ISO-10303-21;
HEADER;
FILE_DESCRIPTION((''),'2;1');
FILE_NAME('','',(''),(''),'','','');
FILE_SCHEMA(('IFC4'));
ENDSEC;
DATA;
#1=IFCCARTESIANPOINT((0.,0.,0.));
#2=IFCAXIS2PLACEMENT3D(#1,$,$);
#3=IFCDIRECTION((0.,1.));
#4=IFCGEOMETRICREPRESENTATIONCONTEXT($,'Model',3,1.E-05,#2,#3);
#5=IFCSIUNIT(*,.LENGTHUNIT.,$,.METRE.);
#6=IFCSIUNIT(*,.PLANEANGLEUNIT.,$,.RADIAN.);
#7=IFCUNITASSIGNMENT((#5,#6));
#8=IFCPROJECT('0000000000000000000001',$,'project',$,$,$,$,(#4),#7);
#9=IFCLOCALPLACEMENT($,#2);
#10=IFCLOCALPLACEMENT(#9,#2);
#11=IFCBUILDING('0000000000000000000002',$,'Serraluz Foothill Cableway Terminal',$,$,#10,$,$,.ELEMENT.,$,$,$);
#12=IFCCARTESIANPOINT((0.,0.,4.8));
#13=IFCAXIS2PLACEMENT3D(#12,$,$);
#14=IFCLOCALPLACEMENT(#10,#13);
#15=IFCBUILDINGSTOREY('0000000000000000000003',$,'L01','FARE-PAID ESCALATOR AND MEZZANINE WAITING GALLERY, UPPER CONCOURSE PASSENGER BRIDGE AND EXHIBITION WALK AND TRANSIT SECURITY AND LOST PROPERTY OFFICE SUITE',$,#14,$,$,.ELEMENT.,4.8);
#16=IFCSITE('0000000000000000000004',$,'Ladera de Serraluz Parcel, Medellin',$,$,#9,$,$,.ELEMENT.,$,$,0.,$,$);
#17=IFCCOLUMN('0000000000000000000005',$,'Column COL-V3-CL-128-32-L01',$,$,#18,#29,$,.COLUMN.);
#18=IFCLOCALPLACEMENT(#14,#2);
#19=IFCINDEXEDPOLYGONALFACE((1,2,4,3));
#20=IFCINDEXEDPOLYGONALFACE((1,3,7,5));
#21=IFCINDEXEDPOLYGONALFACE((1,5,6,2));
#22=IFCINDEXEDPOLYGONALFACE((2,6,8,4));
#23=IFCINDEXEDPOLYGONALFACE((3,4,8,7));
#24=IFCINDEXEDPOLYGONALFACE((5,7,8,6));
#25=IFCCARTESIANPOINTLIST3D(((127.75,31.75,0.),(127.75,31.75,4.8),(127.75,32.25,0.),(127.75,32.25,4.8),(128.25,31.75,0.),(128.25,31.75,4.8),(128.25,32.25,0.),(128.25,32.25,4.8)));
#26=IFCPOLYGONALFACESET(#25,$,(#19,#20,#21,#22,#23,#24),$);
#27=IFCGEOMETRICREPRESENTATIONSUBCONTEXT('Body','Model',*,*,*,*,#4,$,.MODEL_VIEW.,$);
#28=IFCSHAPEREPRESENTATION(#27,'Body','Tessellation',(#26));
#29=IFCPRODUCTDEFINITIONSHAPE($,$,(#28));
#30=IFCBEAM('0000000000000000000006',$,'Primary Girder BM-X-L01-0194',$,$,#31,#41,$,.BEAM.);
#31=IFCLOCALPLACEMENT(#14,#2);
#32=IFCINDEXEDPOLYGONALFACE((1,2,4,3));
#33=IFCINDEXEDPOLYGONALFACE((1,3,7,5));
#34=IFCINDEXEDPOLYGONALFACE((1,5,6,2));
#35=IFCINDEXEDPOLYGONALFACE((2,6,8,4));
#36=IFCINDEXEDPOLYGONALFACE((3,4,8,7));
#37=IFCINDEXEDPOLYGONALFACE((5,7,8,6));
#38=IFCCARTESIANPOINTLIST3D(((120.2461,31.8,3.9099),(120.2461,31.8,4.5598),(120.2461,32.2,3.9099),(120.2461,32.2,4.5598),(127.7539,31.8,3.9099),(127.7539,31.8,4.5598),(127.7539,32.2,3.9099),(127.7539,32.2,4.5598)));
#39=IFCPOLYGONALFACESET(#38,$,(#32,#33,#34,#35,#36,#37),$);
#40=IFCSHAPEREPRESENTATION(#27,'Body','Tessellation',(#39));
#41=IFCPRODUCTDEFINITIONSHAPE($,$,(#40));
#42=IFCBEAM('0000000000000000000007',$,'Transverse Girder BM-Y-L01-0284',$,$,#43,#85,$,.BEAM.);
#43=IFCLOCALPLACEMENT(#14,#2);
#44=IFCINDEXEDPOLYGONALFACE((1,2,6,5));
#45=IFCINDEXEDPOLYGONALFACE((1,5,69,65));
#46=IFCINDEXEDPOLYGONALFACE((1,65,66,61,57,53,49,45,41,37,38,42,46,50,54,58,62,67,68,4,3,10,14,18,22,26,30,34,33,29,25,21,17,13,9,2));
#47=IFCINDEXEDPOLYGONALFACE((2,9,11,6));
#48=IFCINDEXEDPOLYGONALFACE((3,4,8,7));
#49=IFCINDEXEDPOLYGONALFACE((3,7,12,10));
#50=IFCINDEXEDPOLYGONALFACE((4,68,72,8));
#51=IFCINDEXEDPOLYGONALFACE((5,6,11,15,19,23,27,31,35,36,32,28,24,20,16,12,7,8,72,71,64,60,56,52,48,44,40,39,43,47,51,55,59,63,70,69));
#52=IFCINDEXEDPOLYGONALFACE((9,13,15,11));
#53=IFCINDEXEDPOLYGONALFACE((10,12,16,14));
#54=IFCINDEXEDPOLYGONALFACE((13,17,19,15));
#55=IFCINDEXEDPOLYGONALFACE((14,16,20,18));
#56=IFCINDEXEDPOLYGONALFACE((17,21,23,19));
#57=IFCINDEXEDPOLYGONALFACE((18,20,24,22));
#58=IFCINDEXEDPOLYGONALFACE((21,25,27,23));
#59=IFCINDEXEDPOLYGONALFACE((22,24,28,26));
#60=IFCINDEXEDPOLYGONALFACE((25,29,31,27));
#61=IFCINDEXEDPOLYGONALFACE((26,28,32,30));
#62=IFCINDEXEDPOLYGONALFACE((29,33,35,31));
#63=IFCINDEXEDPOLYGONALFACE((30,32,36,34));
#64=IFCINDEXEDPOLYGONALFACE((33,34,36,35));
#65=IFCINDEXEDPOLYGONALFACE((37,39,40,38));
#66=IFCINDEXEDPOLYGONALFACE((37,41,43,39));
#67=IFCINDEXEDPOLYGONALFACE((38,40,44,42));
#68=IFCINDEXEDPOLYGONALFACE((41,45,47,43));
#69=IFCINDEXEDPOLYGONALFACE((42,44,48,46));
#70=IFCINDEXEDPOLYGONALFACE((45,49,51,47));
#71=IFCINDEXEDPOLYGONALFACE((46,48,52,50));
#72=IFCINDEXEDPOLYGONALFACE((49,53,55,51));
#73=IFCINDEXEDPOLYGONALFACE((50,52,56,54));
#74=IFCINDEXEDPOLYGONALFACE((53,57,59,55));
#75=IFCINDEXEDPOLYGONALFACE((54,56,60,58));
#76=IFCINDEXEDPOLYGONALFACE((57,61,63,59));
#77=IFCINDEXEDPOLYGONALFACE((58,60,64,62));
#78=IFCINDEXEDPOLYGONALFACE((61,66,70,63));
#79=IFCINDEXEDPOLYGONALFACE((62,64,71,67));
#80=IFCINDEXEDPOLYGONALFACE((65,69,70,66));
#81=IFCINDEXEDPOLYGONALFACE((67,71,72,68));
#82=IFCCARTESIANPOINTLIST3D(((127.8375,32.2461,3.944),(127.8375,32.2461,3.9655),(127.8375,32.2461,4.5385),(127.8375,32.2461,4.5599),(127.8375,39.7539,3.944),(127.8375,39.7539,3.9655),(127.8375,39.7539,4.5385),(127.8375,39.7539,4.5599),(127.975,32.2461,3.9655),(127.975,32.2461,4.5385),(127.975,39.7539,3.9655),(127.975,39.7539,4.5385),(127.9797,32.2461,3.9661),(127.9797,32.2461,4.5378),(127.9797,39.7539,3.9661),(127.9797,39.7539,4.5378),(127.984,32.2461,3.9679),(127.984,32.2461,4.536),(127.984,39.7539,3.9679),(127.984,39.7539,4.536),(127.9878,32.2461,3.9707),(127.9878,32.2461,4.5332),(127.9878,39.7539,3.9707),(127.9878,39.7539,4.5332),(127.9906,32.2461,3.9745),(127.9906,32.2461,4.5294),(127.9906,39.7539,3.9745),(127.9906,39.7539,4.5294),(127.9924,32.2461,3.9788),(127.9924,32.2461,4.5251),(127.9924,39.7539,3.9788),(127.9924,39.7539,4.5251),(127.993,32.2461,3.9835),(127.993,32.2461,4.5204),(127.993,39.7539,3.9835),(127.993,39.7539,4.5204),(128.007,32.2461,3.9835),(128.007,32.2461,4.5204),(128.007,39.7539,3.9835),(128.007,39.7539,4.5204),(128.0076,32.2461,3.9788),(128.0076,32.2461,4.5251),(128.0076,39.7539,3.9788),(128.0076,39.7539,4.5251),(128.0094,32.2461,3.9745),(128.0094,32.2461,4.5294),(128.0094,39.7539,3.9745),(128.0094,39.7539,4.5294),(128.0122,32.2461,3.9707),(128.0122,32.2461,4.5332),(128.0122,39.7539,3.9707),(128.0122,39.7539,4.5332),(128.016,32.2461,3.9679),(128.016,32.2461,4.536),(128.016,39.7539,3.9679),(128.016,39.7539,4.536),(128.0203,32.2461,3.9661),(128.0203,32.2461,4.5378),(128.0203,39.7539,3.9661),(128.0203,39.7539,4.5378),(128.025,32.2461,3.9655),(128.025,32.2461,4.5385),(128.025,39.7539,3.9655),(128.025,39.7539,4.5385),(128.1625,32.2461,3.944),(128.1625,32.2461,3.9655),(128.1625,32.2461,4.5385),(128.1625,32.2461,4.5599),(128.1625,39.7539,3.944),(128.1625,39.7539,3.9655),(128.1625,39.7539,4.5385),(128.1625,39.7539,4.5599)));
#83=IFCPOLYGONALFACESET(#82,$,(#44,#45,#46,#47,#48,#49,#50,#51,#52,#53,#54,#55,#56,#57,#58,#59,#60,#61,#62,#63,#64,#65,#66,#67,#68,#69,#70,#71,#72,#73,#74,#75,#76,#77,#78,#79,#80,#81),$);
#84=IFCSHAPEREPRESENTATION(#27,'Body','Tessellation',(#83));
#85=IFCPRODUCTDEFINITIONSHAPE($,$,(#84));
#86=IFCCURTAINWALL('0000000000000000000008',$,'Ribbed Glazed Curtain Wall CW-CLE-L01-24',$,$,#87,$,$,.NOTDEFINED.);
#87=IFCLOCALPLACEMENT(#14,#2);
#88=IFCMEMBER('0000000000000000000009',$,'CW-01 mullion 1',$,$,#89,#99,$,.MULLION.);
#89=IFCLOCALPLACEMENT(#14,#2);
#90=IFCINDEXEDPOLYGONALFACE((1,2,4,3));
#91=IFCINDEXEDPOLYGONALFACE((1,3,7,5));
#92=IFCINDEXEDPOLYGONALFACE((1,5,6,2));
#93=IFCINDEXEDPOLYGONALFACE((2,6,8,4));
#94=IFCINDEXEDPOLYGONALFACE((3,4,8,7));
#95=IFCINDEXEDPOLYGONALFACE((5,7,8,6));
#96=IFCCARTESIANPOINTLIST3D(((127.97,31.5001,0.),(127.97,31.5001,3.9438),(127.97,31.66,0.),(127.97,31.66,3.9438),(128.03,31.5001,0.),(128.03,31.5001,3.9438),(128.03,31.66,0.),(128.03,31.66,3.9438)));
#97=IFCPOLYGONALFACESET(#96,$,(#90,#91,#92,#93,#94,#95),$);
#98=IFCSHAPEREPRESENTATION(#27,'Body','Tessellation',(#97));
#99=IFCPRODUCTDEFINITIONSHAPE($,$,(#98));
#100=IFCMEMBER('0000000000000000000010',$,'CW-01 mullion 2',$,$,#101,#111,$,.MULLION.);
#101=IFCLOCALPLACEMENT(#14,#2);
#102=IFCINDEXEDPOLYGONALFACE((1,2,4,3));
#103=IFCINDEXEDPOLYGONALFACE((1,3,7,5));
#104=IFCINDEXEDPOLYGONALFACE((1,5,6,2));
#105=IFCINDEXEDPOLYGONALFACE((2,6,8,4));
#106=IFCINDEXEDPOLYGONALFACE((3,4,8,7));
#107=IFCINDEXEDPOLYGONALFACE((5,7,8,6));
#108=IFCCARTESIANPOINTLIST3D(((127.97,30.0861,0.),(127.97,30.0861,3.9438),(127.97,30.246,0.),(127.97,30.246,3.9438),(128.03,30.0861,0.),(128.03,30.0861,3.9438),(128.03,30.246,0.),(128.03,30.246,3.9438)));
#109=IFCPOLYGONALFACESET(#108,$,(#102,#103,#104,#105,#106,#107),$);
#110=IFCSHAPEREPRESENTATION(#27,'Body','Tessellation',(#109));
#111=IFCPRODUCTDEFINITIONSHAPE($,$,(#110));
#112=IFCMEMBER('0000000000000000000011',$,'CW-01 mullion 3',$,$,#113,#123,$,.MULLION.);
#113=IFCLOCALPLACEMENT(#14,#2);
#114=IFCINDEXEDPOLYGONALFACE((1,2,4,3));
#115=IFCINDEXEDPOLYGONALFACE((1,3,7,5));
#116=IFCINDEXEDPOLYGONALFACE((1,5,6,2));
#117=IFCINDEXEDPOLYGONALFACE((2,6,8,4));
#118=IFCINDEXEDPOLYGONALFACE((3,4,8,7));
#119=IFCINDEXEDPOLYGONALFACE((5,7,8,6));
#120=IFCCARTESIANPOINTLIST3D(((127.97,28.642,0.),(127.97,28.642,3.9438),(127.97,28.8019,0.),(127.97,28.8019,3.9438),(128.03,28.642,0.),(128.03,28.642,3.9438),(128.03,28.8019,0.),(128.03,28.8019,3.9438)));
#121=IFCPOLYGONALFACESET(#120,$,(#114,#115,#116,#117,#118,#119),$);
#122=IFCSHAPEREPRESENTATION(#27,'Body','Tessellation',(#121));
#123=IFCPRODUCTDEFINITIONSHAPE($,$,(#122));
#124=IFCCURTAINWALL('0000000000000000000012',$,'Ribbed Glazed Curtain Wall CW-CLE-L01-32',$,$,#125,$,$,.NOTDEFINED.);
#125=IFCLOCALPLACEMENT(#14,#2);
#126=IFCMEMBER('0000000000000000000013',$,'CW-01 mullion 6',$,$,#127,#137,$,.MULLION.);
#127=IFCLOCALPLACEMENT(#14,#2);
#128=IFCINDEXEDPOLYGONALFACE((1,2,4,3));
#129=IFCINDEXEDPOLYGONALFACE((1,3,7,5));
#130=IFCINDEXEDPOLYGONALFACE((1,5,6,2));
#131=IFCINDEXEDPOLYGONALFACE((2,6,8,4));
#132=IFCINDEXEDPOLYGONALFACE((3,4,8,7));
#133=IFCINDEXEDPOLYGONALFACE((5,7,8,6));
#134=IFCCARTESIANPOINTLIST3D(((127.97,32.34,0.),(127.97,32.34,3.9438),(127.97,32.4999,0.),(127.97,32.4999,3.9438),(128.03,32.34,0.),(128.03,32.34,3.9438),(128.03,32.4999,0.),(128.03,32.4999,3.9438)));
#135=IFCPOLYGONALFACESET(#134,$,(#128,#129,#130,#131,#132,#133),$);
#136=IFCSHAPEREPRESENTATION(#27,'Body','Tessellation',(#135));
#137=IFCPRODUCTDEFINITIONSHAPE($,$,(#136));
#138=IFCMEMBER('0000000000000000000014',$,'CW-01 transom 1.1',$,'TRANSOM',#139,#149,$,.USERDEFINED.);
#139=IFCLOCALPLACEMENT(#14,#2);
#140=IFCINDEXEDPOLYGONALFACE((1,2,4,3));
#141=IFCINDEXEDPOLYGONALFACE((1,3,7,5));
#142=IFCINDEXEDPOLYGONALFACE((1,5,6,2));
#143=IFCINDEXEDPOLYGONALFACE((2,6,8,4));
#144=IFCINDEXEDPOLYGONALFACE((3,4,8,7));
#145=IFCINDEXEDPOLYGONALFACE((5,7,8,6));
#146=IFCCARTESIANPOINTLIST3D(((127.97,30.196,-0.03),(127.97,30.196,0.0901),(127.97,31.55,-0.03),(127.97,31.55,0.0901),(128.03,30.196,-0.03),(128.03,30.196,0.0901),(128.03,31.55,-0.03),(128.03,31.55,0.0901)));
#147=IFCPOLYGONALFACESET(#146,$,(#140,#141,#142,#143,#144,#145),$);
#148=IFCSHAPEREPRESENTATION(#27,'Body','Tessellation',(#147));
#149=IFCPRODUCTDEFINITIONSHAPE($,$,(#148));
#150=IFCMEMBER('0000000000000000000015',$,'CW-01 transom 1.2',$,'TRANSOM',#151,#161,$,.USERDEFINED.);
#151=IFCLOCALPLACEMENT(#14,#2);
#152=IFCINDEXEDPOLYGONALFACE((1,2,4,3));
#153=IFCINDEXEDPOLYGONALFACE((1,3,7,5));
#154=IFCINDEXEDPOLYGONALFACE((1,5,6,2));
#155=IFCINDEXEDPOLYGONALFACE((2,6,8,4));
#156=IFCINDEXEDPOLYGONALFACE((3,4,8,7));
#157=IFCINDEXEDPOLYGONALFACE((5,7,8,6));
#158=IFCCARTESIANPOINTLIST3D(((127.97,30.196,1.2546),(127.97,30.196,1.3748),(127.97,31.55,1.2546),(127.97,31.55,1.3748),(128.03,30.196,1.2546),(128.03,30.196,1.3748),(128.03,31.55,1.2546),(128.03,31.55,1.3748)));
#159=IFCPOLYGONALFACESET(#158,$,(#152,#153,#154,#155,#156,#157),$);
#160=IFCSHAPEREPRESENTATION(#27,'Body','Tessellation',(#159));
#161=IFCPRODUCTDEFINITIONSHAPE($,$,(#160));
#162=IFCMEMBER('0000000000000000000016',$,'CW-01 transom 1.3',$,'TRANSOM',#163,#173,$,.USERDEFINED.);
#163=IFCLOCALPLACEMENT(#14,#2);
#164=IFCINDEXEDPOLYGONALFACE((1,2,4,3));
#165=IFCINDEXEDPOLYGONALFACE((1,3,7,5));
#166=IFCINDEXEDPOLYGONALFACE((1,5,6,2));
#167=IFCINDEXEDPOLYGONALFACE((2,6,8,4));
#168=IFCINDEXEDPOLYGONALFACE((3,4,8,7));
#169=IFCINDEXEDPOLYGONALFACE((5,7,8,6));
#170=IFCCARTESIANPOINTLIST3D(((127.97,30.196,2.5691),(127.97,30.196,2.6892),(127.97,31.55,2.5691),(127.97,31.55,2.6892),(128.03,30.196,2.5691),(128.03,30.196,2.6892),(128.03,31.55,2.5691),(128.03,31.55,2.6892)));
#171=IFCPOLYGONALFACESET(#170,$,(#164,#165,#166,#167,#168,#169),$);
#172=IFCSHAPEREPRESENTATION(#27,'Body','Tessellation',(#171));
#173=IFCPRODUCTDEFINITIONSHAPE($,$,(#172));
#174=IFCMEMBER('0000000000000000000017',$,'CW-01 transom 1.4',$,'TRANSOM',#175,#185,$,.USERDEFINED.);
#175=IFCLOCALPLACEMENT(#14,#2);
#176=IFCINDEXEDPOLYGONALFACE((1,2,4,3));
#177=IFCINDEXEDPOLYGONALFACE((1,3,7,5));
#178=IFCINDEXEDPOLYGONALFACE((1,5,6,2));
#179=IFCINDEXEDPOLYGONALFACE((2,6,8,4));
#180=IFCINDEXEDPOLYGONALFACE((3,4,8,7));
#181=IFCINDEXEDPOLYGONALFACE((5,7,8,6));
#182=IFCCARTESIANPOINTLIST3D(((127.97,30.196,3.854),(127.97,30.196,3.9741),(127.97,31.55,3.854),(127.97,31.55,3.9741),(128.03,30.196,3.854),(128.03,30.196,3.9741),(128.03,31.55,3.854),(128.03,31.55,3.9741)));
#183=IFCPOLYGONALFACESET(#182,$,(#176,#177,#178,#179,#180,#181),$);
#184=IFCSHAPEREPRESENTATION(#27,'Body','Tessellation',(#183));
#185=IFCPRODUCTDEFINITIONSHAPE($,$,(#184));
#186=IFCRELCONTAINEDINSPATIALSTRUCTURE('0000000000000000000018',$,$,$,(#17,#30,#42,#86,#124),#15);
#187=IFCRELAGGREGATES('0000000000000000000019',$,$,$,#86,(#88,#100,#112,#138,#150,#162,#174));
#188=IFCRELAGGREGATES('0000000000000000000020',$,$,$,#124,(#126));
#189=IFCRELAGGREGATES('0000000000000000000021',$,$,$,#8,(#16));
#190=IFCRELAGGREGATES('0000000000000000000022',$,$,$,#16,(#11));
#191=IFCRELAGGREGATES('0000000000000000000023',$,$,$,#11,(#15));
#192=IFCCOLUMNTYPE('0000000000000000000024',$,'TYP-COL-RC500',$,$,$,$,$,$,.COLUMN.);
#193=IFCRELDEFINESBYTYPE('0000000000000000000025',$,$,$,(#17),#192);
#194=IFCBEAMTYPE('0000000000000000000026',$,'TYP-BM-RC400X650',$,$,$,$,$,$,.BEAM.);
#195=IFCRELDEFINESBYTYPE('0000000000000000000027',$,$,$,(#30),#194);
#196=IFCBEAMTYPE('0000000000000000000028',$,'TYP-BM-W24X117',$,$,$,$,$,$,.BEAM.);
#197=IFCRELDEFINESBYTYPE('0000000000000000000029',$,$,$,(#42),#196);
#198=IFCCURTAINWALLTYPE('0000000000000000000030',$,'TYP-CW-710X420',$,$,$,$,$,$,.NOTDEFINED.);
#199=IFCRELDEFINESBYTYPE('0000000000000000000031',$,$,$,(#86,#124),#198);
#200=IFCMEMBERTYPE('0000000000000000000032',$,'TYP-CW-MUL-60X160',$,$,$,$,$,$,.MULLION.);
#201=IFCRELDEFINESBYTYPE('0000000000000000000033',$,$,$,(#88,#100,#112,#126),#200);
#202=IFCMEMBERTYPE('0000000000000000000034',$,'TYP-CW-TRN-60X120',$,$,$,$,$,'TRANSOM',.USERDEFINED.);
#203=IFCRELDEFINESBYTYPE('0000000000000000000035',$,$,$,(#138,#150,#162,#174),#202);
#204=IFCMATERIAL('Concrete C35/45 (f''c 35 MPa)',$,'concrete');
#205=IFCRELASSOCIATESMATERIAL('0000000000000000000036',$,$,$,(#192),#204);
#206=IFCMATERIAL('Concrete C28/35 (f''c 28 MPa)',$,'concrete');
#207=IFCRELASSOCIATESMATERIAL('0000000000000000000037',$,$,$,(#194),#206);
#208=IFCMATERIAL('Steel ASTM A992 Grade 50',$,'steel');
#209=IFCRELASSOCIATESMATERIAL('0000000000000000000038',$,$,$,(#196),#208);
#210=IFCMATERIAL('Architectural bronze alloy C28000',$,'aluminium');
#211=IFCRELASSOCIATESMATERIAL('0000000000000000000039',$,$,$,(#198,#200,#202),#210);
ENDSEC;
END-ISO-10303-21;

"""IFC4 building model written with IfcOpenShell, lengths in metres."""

from ifc_helpers import new_model, si_unit, direction, frame, origin, origin_2d, place, context, subcontext, project, spatial, rectangle, i_section, extrude, material, material_profile, profile_set, type_object, element, aggregate, save


model = new_model("IFC4")

# Units and contexts
model_context = context("Model", 3, precision=1e-05, world=origin(), true_north=direction((0.0, 1.0)))
body_context = subcontext(model_context, "Body", "Model", "MODEL_VIEW")
ifc_project = project(units=[si_unit("LENGTHUNIT", "METRE"), si_unit("PLANEANGLEUNIT", "RADIAN")], contexts=[model_context])

# Site, building, storey
site_placement = place(None, origin())
site = spatial("IfcSite", under=ifc_project, at=site_placement, Name="Ladera de Serraluz Parcel, Medellin", CompositionType="ELEMENT", RefElevation=0.0)
building_placement = place(site_placement, origin())
building = spatial("IfcBuilding", under=site, at=building_placement, Name="Serraluz Foothill Cableway Terminal", CompositionType="ELEMENT")
storey_placement = place(building_placement, frame((0.0, 0.0, 4.8)))
storey = spatial("IfcBuildingStorey", under=building, at=storey_placement, Name="L01", Description="FARE-PAID ESCALATOR AND MEZZANINE WAITING GALLERY, UPPER CONCOURSE PASSENGER BRIDGE AND EXHIBITION WALK AND TRANSIT SECURITY AND LOST PROPERTY OFFICE SUITE", CompositionType="ELEMENT", Elevation=4.8)

# Column
ifc_material_1 = material(Name="Concrete C35/45 (f'c 35 MPa)", Category="concrete")
ifc_material_profile_1 = material_profile(ifc_material_1, rectangle(XDim=0.5, YDim=0.5, at=origin_2d()), Name="RC 500x500")
ifc_profile_set_1 = profile_set([ifc_material_profile_1], Name="Concrete C35/45 (f'c 35 MPa)")
column_type = type_object("IfcColumnType", Name="TYP-COL-RC500", PredefinedType="COLUMN", material=ifc_profile_set_1)
column_placement = place(storey_placement, frame((128.0, 32.0, 0.0), z_axis=(0.0, 0.0, 1.0), x_axis=(1.0, 0.0, 0.0)))
element("IfcColumn", 1, at=column_placement, inside=storey, type_object=column_type, Name="Column COL-V3-CL-128-32-L01", PredefinedType="COLUMN", context=body_context, shape_type="SweptSolid", body=[
    extrude(rectangle(XDim=0.5, YDim=0.5, at=origin_2d()), origin(), (0.0, 0.0, 1.0), 4.8),
])

# Beams
ifc_material_2 = material(Name="Concrete C28/35 (f'c 28 MPa)", Category="concrete")
ifc_material_profile_2 = material_profile(ifc_material_2, rectangle(XDim=0.3999, YDim=0.6499, at=origin_2d()), Name="RC 400x650")
ifc_profile_set_2 = profile_set([ifc_material_profile_2], Name="Concrete C28/35 (f'c 28 MPa)")
beam_type_1 = type_object("IfcBeamType", Name="TYP-BM-RC400X650", PredefinedType="BEAM", material=ifc_profile_set_2)
beam_1_placement = place(storey_placement, frame((120.2461, 32.0, 4.2349), z_axis=(1.0, 0.0, 0.0), x_axis=(0.0, 1.0, 0.0)))
element("IfcBeam", 2, at=beam_1_placement, inside=storey, type_object=beam_type_1, Name="Primary Girder BM-X-L01-0194", PredefinedType="BEAM", context=body_context, shape_type="SweptSolid", body=[
    extrude(rectangle(XDim=0.3999, YDim=0.6499, at=origin_2d()), origin(), (0.0, 0.0, 1.0), 7.5078),
])
ifc_material_3 = material(Name="Steel ASTM A992 Grade 50", Category="steel")
ifc_material_profile_3 = material_profile(ifc_material_3, i_section(OverallWidth=0.325, OverallDepth=0.616, WebThickness=0.0139, FlangeThickness=0.0215, FilletRadius=0.0181, at=origin_2d()), Name="W24X117")
ifc_profile_set_3 = profile_set([ifc_material_profile_3], Name="Steel ASTM A992 Grade 50")
beam_type_2 = type_object("IfcBeamType", Name="TYP-BM-W24X117", PredefinedType="BEAM", material=ifc_profile_set_3)
beam_2_placement = place(storey_placement, frame((128.0, 32.2461, 4.252), z_axis=(0.0, 1.0, 0.0), x_axis=(-1.0, 0.0, 0.0)))
element("IfcBeam", 3, at=beam_2_placement, inside=storey, type_object=beam_type_2, Name="Transverse Girder BM-Y-L01-0284", PredefinedType="BEAM", context=body_context, shape_type="SweptSolid", body=[
    extrude(i_section(OverallWidth=0.325, OverallDepth=0.616, WebThickness=0.0139, FlangeThickness=0.0215, FilletRadius=0.0181, at=origin_2d()), origin(), (0.0, 0.0, 1.0), 7.5078),
])

# Curtain wall, members
ifc_material_4 = material(Name="Architectural bronze alloy C28000", Category="aluminium")
curtain_wall_type = type_object("IfcCurtainWallType", Name="TYP-CW-710X420", PredefinedType="NOTDEFINED", material=ifc_material_4)
curtain_wall_1_placement = place(storey_placement, origin())
curtain_wall_1 = element("IfcCurtainWall", 4, at=curtain_wall_1_placement, inside=storey, type_object=curtain_wall_type, Name="Ribbed Glazed Curtain Wall CW-CLE-L01-24", PredefinedType="NOTDEFINED")
ifc_material_profile_4 = material_profile(ifc_material_4, rectangle(XDim=0.0601, YDim=0.1599, at=origin_2d()), Name="ALU MULLION 60x160")
ifc_profile_set_4 = profile_set([ifc_material_profile_4], Name="Architectural bronze alloy C28000")
member_type_1 = type_object("IfcMemberType", Name="TYP-CW-MUL-60X160", PredefinedType="MULLION", material=ifc_profile_set_4)
member_1_placement = place(storey_placement, frame((128.0, 31.5801, 0.0), z_axis=(0.0, 0.0, 1.0), x_axis=(1.0, 0.0, 0.0)))
member_1 = element("IfcMember", 5, at=member_1_placement, type_object=member_type_1, Name="CW-01 mullion 1", PredefinedType="MULLION", context=body_context, shape_type="SweptSolid", body=[
    extrude(rectangle(XDim=0.0601, YDim=0.1599, at=origin_2d()), origin(), (0.0, 0.0, 1.0), 3.9438),
])
member_2_placement = place(storey_placement, frame((128.0, 30.166, 0.0), z_axis=(0.0, 0.0, 1.0), x_axis=(1.0, 0.0, 0.0)))
member_2 = element("IfcMember", 6, at=member_2_placement, type_object=member_type_1, Name="CW-01 mullion 2", PredefinedType="MULLION", context=body_context, shape_type="SweptSolid", body=[
    extrude(rectangle(XDim=0.0601, YDim=0.1599, at=origin_2d()), origin(), (0.0, 0.0, 1.0), 3.9438),
])
member_3_placement = place(storey_placement, frame((128.0, 28.7219, 0.0), z_axis=(0.0, 0.0, 1.0), x_axis=(1.0, 0.0, 0.0)))
member_3 = element("IfcMember", 7, at=member_3_placement, type_object=member_type_1, Name="CW-01 mullion 3", PredefinedType="MULLION", context=body_context, shape_type="SweptSolid", body=[
    extrude(rectangle(XDim=0.0601, YDim=0.1599, at=origin_2d()), origin(), (0.0, 0.0, 1.0), 3.9438),
])

# Curtain wall, member
curtain_wall_2_placement = place(storey_placement, origin())
curtain_wall_2 = element("IfcCurtainWall", 8, at=curtain_wall_2_placement, inside=storey, type_object=curtain_wall_type, Name="Ribbed Glazed Curtain Wall CW-CLE-L01-32", PredefinedType="NOTDEFINED")
member_4_placement = place(storey_placement, frame((128.0, 32.4199, 0.0), z_axis=(0.0, 0.0, 1.0), x_axis=(1.0, 0.0, 0.0)))
member_4 = element("IfcMember", 9, at=member_4_placement, type_object=member_type_1, Name="CW-01 mullion 6", PredefinedType="MULLION", context=body_context, shape_type="SweptSolid", body=[
    extrude(rectangle(XDim=0.0601, YDim=0.1599, at=origin_2d()), origin(), (0.0, 0.0, 1.0), 3.9438),
])

# Members
ifc_material_profile_5 = material_profile(ifc_material_4, rectangle(XDim=0.0601, YDim=0.1201, at=origin_2d()), Name="ALU TRANSOM 60x120")
ifc_profile_set_5 = profile_set([ifc_material_profile_5], Name="Architectural bronze alloy C28000")
member_type_2 = type_object("IfcMemberType", Name="TYP-CW-TRN-60X120", ElementType="TRANSOM", PredefinedType="USERDEFINED", material=ifc_profile_set_5)
member_5_placement = place(storey_placement, frame((128.0, 31.55, 0.03), z_axis=(0.0, -1.0, 0.0), x_axis=(1.0, 0.0, 0.0)))
member_5 = element("IfcMember", 10, at=member_5_placement, type_object=member_type_2, Name="CW-01 transom 1.1", ObjectType="TRANSOM", PredefinedType="USERDEFINED", context=body_context, shape_type="SweptSolid", body=[
    extrude(rectangle(XDim=0.0601, YDim=0.1201, at=origin_2d()), origin(), (0.0, 0.0, 1.0), 1.354),
])
member_6_placement = place(storey_placement, frame((128.0, 31.55, 1.3147), z_axis=(0.0, -1.0, 0.0), x_axis=(1.0, 0.0, 0.0)))
member_6 = element("IfcMember", 11, at=member_6_placement, type_object=member_type_2, Name="CW-01 transom 1.2", ObjectType="TRANSOM", PredefinedType="USERDEFINED", context=body_context, shape_type="SweptSolid", body=[
    extrude(rectangle(XDim=0.0601, YDim=0.1201, at=origin_2d()), origin(), (0.0, 0.0, 1.0), 1.354),
])
member_7_placement = place(storey_placement, frame((128.0, 31.55, 2.6292), z_axis=(0.0, -1.0, 0.0), x_axis=(1.0, 0.0, 0.0)))
member_7 = element("IfcMember", 12, at=member_7_placement, type_object=member_type_2, Name="CW-01 transom 1.3", ObjectType="TRANSOM", PredefinedType="USERDEFINED", context=body_context, shape_type="SweptSolid", body=[
    extrude(rectangle(XDim=0.0601, YDim=0.1201, at=origin_2d()), origin(), (0.0, 0.0, 1.0), 1.354),
])
member_8_placement = place(storey_placement, frame((128.0, 31.55, 3.9141), z_axis=(0.0, -1.0, 0.0), x_axis=(1.0, 0.0, 0.0)))
member_8 = element("IfcMember", 13, at=member_8_placement, type_object=member_type_2, Name="CW-01 transom 1.4", ObjectType="TRANSOM", PredefinedType="USERDEFINED", context=body_context, shape_type="SweptSolid", body=[
    extrude(rectangle(XDim=0.0601, YDim=0.1201, at=origin_2d()), origin(), (0.0, 0.0, 1.0), 1.354),
])

aggregate(curtain_wall_1, [member_1, member_2, member_3, member_5, member_6, member_7, member_8])
aggregate(curtain_wall_2, [member_4])

save(model, "model.ifc")
